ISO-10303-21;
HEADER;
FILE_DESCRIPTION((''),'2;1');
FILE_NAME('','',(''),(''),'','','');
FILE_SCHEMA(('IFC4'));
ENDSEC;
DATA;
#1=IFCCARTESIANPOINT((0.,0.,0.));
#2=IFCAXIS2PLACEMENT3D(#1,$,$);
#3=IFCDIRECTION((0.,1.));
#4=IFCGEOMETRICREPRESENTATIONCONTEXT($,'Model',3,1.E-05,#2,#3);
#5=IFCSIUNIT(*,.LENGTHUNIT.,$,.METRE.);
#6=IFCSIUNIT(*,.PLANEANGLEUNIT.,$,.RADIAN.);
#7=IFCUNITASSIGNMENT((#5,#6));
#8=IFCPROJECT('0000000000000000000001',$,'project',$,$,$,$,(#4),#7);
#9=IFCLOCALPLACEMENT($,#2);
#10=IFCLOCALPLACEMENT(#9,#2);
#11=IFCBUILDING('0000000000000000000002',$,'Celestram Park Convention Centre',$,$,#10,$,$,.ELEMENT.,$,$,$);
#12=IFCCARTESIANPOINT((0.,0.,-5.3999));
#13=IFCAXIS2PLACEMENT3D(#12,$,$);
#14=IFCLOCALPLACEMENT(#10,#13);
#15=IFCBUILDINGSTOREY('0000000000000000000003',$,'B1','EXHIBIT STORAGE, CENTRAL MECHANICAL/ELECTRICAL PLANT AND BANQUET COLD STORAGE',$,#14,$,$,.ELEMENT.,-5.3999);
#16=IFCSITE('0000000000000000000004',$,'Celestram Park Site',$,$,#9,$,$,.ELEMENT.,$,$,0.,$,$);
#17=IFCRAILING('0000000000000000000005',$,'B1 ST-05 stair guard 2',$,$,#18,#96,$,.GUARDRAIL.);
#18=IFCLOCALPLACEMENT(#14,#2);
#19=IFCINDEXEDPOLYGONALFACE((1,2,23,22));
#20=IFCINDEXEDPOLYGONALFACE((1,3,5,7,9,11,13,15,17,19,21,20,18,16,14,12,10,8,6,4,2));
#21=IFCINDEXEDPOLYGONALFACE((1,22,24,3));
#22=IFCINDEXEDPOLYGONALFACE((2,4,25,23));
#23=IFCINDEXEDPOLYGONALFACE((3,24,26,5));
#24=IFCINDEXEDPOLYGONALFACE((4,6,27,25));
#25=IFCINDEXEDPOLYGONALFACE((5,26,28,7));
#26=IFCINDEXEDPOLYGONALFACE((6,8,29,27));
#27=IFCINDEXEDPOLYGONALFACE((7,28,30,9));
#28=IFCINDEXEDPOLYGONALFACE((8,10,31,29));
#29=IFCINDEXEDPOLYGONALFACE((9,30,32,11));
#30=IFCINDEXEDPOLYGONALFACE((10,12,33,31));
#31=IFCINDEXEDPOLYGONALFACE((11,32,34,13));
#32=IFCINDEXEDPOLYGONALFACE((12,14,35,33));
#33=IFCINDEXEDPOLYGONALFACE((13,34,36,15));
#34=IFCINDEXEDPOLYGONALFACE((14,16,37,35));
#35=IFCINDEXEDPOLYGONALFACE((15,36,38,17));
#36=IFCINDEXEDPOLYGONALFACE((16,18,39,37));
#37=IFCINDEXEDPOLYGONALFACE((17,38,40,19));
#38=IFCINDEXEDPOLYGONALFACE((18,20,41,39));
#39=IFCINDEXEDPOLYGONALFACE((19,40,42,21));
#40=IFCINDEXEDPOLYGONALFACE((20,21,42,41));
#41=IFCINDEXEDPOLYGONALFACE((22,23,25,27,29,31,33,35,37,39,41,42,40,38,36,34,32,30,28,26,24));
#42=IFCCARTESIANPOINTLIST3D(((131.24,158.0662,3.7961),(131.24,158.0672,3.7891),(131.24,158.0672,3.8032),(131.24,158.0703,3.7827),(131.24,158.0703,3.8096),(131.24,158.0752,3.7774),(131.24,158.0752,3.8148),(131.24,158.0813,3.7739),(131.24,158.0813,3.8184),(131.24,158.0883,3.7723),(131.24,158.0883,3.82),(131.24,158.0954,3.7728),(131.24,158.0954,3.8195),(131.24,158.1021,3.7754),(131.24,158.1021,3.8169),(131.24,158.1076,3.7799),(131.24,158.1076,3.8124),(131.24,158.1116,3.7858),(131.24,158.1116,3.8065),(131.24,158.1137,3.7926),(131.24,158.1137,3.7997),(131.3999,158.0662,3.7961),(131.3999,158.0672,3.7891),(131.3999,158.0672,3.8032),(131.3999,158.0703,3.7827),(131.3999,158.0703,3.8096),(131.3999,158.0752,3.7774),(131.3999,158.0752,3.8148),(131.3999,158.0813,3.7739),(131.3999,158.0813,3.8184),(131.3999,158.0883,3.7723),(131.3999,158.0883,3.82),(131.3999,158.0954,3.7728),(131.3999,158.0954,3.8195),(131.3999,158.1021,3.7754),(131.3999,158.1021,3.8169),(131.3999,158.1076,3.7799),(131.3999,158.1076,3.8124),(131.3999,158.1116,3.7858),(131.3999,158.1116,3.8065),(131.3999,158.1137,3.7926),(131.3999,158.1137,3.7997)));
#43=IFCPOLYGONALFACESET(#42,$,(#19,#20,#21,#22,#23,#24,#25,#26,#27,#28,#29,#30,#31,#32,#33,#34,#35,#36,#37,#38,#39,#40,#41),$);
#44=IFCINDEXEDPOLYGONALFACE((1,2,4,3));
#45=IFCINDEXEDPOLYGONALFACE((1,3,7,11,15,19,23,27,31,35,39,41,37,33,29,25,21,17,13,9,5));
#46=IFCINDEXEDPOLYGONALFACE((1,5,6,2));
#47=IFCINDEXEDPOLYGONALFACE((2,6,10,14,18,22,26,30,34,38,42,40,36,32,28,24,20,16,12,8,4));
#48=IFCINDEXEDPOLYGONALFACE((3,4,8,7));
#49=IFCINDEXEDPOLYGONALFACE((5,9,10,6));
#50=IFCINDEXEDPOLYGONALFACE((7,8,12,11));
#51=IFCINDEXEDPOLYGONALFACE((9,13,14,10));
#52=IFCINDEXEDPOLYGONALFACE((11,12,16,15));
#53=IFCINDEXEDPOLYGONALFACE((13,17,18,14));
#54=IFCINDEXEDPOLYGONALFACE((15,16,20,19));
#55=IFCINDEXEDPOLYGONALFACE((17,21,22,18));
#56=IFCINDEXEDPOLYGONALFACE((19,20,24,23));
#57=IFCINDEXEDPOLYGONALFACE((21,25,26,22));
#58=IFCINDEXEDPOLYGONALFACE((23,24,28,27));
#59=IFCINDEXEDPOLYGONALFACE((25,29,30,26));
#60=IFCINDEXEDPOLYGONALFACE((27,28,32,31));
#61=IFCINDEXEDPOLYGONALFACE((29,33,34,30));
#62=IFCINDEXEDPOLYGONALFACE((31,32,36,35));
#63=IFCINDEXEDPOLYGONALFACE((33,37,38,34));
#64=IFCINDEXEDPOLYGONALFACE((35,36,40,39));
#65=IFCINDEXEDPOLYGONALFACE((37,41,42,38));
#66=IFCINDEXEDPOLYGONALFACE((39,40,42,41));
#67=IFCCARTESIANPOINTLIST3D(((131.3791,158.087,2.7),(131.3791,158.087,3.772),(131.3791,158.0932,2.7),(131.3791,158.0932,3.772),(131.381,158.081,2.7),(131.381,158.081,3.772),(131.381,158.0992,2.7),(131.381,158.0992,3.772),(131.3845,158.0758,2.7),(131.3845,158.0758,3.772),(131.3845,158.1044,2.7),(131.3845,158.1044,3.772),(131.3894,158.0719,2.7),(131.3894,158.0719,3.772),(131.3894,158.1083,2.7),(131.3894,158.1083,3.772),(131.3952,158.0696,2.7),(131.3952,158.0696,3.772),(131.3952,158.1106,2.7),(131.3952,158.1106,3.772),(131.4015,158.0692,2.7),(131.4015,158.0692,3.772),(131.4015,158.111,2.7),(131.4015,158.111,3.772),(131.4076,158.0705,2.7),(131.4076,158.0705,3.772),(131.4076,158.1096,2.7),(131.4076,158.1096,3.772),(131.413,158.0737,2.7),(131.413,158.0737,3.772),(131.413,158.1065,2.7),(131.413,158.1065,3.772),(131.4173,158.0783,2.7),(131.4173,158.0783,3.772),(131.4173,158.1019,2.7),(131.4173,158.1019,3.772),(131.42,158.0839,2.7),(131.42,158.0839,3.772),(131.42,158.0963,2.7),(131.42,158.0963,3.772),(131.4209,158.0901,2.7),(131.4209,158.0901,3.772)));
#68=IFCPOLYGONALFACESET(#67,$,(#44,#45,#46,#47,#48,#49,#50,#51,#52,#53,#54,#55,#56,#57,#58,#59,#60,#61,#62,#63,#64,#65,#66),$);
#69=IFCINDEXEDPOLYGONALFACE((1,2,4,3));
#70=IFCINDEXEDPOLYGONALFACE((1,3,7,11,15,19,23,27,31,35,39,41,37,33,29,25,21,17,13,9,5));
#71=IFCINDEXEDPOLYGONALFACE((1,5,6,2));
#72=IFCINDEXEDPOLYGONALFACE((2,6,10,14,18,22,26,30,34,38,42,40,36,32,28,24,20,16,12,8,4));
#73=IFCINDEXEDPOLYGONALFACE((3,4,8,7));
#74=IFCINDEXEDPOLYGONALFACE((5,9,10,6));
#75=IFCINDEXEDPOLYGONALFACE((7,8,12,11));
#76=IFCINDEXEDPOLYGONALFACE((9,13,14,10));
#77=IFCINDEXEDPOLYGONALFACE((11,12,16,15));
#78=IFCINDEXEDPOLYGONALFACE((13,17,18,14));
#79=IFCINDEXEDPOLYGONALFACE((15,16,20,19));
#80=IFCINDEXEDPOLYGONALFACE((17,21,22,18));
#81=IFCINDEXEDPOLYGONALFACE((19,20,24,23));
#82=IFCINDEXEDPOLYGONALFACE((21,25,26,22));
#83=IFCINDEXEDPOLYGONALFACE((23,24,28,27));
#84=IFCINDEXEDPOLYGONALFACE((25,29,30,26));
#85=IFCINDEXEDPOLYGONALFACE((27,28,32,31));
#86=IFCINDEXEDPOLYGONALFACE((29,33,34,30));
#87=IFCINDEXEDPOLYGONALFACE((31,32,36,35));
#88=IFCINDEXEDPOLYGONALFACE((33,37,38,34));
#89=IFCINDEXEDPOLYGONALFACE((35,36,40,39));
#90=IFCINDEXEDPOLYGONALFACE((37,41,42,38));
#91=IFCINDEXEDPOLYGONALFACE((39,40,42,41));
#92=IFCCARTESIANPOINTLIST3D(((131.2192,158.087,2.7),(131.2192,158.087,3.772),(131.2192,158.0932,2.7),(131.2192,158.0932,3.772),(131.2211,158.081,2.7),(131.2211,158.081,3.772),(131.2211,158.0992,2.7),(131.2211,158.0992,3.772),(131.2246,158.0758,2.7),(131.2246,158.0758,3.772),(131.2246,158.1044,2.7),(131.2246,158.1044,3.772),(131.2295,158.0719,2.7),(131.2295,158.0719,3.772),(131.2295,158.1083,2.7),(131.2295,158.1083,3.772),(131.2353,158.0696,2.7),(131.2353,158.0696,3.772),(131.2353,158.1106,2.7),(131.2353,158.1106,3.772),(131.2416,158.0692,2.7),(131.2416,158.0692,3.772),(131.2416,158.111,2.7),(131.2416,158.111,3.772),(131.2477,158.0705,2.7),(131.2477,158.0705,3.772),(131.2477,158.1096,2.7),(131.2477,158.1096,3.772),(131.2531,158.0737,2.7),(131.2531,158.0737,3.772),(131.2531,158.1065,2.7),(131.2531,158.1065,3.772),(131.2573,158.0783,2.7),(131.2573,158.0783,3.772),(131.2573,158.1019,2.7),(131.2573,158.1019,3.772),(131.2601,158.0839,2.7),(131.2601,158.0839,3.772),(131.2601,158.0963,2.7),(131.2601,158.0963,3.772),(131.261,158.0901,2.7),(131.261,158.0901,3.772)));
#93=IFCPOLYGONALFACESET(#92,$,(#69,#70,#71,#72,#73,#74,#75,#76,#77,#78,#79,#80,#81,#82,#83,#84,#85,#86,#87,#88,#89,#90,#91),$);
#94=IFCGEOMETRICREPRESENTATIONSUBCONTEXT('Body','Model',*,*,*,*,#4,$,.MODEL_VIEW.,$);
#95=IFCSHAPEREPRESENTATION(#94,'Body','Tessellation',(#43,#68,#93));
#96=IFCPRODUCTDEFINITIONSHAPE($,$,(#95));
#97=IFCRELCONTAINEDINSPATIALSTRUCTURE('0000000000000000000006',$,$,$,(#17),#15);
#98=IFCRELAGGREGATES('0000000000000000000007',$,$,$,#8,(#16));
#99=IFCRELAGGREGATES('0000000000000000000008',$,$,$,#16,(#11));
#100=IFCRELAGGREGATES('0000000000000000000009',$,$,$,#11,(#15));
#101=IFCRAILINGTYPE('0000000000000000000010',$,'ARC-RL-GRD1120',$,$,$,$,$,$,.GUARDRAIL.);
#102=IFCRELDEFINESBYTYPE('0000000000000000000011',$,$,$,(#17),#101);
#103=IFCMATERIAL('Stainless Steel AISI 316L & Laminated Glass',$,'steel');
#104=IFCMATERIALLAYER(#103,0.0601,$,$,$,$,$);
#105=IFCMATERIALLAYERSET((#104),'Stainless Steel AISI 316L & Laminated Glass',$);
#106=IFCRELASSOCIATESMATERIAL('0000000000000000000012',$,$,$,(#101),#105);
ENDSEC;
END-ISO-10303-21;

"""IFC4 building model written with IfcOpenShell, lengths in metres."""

from ifc_helpers import new_model, si_unit, direction, frame, origin, origin_2d, place, context, subcontext, project, spatial, circle, extrude, material, layer, layer_set, type_object, element, save


model = new_model("IFC4")

# Units and contexts
model_context = context("Model", 3, precision=1e-05, world=origin(), true_north=direction((0.0, 1.0)))
body_context = subcontext(model_context, "Body", "Model", "MODEL_VIEW")
ifc_project = project(units=[si_unit("LENGTHUNIT", "METRE"), si_unit("PLANEANGLEUNIT", "RADIAN")], contexts=[model_context])

# Site, building, storey
site_placement = place(None, origin())
site = spatial("IfcSite", under=ifc_project, at=site_placement, Name="Celestram Park Site", CompositionType="ELEMENT", RefElevation=0.0)
building_placement = place(site_placement, origin())
building = spatial("IfcBuilding", under=site, at=building_placement, Name="Celestram Park Convention Centre", CompositionType="ELEMENT")
storey_placement = place(building_placement, frame((0.0, 0.0, -5.3999)))
storey = spatial("IfcBuildingStorey", under=building, at=storey_placement, Name="B1", Description="EXHIBIT STORAGE, CENTRAL MECHANICAL/ELECTRICAL PLANT AND BANQUET COLD STORAGE", CompositionType="ELEMENT", Elevation=-5.3999)

# Railing
ifc_material_1 = material(Name="Stainless Steel AISI 316L & Laminated Glass", Category="steel")
ifc_layer_1 = layer(ifc_material_1, 0.0601)
ifc_layer_set_1 = layer_set([ifc_layer_1], Name="Stainless Steel AISI 316L & Laminated Glass")
railing_type_1 = type_object("IfcRailingType", Name="ARC-RL-GRD1120", PredefinedType="GUARDRAIL", material=ifc_layer_set_1)
railing_1_placement = place(storey_placement, frame((131.3999, 158.0901, 2.7)))
element("IfcRailing", 1, at=railing_1_placement, inside=storey, type_object=railing_type_1, Name="B1 ST-05 stair guard 2", PredefinedType="GUARDRAIL", context=body_context, shape_type="SweptSolid", body=[
    extrude(circle(Radius=0.0239, at=origin_2d()), frame((0.0, 0.0, 1.0962), z_axis=(-1.0, 0.0, 0.0), x_axis=(0.0, -1.0, 0.0)), (0.0, 0.0, 1.0), 0.1599),
    extrude(circle(Radius=0.021, at=origin_2d()), origin(), (0.0, 0.0, 1.0), 1.072),
    extrude(circle(Radius=0.021, at=origin_2d()), frame((-0.1599, 0.0, 0.0)), (0.0, 0.0, 1.0), 1.072),
])

save(model, "model.ifc")
